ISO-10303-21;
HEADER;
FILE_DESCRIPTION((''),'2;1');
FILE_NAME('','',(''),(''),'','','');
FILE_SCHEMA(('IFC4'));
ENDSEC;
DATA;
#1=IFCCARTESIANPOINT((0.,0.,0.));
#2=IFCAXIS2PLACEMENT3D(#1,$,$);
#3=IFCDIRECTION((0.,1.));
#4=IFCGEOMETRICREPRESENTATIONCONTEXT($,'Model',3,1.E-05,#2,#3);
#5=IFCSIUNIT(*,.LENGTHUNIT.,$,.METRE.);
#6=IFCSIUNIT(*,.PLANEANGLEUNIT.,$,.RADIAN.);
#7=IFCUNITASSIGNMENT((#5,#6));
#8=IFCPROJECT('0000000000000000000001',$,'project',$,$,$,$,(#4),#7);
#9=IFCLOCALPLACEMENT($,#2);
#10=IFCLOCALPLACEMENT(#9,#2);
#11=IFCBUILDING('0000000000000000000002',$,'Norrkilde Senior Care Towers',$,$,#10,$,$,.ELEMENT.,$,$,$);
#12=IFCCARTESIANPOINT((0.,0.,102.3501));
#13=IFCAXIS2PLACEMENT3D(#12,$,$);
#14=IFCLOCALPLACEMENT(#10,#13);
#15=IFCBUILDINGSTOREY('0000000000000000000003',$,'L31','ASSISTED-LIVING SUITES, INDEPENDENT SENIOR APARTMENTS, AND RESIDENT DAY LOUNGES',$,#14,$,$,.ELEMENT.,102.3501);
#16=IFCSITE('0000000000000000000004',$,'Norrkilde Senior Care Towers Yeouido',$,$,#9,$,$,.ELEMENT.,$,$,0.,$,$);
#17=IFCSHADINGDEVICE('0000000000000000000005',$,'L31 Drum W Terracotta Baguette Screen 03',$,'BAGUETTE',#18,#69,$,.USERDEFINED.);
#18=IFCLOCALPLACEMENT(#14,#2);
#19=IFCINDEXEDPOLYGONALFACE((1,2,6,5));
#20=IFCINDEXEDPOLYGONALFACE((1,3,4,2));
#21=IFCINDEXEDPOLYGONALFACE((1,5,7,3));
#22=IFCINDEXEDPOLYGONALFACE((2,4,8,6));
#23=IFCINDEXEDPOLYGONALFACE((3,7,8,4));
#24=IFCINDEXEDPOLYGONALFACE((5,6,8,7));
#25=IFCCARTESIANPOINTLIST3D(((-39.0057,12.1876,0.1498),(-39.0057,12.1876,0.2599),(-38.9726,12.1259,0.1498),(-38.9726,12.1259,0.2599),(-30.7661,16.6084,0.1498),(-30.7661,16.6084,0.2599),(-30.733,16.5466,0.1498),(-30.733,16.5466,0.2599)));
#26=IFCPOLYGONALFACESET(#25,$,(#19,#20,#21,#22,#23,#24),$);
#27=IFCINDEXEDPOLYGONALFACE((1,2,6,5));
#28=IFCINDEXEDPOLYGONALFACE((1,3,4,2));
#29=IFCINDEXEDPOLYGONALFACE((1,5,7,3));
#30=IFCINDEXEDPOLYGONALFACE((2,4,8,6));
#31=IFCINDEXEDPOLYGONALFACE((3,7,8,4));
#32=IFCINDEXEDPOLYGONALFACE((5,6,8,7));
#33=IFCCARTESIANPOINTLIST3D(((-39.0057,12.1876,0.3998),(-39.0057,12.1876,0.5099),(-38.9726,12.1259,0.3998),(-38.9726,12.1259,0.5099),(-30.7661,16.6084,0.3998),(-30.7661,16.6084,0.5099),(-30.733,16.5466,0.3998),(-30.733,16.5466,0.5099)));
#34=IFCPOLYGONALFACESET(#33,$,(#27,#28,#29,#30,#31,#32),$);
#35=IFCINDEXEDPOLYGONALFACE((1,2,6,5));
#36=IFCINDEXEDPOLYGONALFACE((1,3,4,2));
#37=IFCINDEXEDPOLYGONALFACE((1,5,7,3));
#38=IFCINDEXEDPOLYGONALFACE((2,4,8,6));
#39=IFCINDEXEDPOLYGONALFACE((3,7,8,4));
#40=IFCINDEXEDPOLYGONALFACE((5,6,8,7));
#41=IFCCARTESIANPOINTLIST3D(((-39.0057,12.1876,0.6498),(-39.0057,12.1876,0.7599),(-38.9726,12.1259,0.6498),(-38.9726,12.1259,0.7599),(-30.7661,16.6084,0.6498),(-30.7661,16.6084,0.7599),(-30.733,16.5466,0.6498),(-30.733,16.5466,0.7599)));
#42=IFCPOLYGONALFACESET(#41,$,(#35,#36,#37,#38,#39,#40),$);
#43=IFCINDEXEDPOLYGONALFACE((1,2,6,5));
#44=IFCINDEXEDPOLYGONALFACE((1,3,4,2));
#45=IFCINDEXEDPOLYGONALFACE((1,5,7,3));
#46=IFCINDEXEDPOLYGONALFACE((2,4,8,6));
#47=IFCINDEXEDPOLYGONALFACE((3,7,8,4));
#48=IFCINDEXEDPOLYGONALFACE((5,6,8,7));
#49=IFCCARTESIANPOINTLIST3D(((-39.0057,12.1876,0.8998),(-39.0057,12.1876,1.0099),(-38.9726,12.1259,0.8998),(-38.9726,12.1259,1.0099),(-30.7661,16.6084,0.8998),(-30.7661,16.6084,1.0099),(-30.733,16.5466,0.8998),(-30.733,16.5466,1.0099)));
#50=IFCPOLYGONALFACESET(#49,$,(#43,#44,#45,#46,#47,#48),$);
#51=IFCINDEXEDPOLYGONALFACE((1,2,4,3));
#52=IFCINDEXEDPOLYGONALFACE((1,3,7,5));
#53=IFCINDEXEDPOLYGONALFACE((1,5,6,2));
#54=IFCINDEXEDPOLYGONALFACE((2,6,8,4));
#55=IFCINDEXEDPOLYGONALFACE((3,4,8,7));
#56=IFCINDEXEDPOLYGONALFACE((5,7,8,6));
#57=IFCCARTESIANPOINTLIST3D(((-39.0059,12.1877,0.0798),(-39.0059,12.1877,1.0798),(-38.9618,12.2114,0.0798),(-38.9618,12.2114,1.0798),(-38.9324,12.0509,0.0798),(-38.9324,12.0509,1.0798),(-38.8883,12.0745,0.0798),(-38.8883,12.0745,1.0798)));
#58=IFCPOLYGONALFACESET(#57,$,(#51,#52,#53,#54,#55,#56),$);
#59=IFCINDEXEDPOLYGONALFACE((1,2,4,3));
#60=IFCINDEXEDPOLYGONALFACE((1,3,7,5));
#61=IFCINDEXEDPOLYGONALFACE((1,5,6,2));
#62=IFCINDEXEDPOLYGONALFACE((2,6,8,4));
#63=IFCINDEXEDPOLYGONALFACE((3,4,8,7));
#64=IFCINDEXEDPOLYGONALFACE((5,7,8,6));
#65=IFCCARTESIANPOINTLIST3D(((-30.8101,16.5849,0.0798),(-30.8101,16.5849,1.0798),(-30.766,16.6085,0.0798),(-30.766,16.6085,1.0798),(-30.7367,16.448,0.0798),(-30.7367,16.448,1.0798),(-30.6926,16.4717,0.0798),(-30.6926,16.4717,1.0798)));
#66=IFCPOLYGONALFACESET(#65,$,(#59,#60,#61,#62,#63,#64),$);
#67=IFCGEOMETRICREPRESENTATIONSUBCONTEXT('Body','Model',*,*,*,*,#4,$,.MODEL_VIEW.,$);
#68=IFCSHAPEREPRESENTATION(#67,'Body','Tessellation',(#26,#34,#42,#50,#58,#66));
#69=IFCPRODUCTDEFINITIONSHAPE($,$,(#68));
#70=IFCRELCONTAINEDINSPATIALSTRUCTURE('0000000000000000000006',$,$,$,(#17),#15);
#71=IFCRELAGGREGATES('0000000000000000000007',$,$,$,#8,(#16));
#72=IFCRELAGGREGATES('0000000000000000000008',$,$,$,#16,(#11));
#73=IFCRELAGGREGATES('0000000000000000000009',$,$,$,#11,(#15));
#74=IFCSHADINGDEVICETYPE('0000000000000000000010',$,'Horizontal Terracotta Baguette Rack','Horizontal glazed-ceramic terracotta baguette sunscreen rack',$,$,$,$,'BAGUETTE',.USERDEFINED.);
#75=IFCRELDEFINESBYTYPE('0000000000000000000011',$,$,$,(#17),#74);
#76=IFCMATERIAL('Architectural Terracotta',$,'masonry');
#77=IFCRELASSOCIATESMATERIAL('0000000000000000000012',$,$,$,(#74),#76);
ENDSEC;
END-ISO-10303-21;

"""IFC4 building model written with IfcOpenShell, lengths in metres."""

from ifc_helpers import new_model, si_unit, direction, frame, origin, origin_2d, place, context, subcontext, project, spatial, rectangle, extrude, source, transform, mapped, material, type_object, type_shapes, element, save


model = new_model("IFC4")

# Units and contexts
model_context = context("Model", 3, precision=1e-05, world=origin(), true_north=direction((0.0, 1.0)))
body_context = subcontext(model_context, "Body", "Model", "MODEL_VIEW")
ifc_project = project(units=[si_unit("LENGTHUNIT", "METRE"), si_unit("PLANEANGLEUNIT", "RADIAN")], contexts=[model_context])

# Site, building, storey
site_placement = place(None, origin())
site = spatial("IfcSite", under=ifc_project, at=site_placement, Name="Norrkilde Senior Care Towers Yeouido", CompositionType="ELEMENT", RefElevation=0.0)
building_placement = place(site_placement, origin())
building = spatial("IfcBuilding", under=site, at=building_placement, Name="Norrkilde Senior Care Towers", CompositionType="ELEMENT")
storey_placement = place(building_placement, frame((0.0, 0.0, 102.3501)))
storey = spatial("IfcBuildingStorey", under=building, at=storey_placement, Name="L31", Description="ASSISTED-LIVING SUITES, INDEPENDENT SENIOR APARTMENTS, AND RESIDENT DAY LOUNGES", CompositionType="ELEMENT", Elevation=102.3501)

# Shading device
ifc_material_1 = material(Name="Architectural Terracotta", Category="masonry")
shading_device_type = type_object("IfcShadingDeviceType", Name="Horizontal Terracotta Baguette Rack", Description="Horizontal glazed-ceramic terracotta baguette sunscreen rack", ElementType="BAGUETTE", PredefinedType="USERDEFINED", material=ifc_material_1)
shared_shape_1 = source(origin(), body_context, "Body", "SweptSolid", [
    extrude(rectangle(XDim=0.0701, YDim=0.1101, at=origin_2d()), frame((0.0, 0.0901, 0.125), z_axis=(1.0, 0.0, 0.0), x_axis=(0.0, 1.0, 0.0)), (0.0, 0.0, 1.0), 9.3506),
    extrude(rectangle(XDim=0.0701, YDim=0.1101, at=origin_2d()), frame((0.0, 0.0901, 0.375), z_axis=(1.0, 0.0, 0.0), x_axis=(0.0, 1.0, 0.0)), (0.0, 0.0, 1.0), 9.3506),
    extrude(rectangle(XDim=0.0701, YDim=0.1101, at=origin_2d()), frame((0.0, 0.0901, 0.625), z_axis=(1.0, 0.0, 0.0), x_axis=(0.0, 1.0, 0.0)), (0.0, 0.0, 1.0), 9.3506),
    extrude(rectangle(XDim=0.0701, YDim=0.1101, at=origin_2d()), frame((0.0, 0.0901, 0.875), z_axis=(1.0, 0.0, 0.0), x_axis=(0.0, 1.0, 0.0)), (0.0, 0.0, 1.0), 9.3506),
    extrude(rectangle(XDim=0.05, YDim=0.1553, at=origin_2d()), frame((0.0249, 0.0476, 0.0)), (0.0, 0.0, 1.0), 1.0),
    extrude(rectangle(XDim=0.05, YDim=0.1553, at=origin_2d()), frame((9.3257, 0.0476, 0.0)), (0.0, 0.0, 1.0), 1.0),
])
type_shapes(shading_device_type, [shared_shape_1])
shading_device_placement = place(storey_placement, frame((-38.9465, 12.0774, 0.0798), z_axis=(0.0, 0.0, 1.0), x_axis=(0.881175, 0.472768, 0.0)))
element("IfcShadingDevice", 1, at=shading_device_placement, inside=storey, type_object=shading_device_type, Name="L31 Drum W Terracotta Baguette Screen 03", ObjectType="BAGUETTE", PredefinedType="USERDEFINED", context=body_context, shape_type="MappedRepresentation", body=[
    mapped(shared_shape_1, transform((0.0, 0.0, 0.0), x_axis=(1.0, 0.0, 0.0), y_axis=(0.0, 1.0, 0.0), z_axis=(0.0, 0.0, 1.0), scale=1.0)),
])

save(model, "model.ifc")
